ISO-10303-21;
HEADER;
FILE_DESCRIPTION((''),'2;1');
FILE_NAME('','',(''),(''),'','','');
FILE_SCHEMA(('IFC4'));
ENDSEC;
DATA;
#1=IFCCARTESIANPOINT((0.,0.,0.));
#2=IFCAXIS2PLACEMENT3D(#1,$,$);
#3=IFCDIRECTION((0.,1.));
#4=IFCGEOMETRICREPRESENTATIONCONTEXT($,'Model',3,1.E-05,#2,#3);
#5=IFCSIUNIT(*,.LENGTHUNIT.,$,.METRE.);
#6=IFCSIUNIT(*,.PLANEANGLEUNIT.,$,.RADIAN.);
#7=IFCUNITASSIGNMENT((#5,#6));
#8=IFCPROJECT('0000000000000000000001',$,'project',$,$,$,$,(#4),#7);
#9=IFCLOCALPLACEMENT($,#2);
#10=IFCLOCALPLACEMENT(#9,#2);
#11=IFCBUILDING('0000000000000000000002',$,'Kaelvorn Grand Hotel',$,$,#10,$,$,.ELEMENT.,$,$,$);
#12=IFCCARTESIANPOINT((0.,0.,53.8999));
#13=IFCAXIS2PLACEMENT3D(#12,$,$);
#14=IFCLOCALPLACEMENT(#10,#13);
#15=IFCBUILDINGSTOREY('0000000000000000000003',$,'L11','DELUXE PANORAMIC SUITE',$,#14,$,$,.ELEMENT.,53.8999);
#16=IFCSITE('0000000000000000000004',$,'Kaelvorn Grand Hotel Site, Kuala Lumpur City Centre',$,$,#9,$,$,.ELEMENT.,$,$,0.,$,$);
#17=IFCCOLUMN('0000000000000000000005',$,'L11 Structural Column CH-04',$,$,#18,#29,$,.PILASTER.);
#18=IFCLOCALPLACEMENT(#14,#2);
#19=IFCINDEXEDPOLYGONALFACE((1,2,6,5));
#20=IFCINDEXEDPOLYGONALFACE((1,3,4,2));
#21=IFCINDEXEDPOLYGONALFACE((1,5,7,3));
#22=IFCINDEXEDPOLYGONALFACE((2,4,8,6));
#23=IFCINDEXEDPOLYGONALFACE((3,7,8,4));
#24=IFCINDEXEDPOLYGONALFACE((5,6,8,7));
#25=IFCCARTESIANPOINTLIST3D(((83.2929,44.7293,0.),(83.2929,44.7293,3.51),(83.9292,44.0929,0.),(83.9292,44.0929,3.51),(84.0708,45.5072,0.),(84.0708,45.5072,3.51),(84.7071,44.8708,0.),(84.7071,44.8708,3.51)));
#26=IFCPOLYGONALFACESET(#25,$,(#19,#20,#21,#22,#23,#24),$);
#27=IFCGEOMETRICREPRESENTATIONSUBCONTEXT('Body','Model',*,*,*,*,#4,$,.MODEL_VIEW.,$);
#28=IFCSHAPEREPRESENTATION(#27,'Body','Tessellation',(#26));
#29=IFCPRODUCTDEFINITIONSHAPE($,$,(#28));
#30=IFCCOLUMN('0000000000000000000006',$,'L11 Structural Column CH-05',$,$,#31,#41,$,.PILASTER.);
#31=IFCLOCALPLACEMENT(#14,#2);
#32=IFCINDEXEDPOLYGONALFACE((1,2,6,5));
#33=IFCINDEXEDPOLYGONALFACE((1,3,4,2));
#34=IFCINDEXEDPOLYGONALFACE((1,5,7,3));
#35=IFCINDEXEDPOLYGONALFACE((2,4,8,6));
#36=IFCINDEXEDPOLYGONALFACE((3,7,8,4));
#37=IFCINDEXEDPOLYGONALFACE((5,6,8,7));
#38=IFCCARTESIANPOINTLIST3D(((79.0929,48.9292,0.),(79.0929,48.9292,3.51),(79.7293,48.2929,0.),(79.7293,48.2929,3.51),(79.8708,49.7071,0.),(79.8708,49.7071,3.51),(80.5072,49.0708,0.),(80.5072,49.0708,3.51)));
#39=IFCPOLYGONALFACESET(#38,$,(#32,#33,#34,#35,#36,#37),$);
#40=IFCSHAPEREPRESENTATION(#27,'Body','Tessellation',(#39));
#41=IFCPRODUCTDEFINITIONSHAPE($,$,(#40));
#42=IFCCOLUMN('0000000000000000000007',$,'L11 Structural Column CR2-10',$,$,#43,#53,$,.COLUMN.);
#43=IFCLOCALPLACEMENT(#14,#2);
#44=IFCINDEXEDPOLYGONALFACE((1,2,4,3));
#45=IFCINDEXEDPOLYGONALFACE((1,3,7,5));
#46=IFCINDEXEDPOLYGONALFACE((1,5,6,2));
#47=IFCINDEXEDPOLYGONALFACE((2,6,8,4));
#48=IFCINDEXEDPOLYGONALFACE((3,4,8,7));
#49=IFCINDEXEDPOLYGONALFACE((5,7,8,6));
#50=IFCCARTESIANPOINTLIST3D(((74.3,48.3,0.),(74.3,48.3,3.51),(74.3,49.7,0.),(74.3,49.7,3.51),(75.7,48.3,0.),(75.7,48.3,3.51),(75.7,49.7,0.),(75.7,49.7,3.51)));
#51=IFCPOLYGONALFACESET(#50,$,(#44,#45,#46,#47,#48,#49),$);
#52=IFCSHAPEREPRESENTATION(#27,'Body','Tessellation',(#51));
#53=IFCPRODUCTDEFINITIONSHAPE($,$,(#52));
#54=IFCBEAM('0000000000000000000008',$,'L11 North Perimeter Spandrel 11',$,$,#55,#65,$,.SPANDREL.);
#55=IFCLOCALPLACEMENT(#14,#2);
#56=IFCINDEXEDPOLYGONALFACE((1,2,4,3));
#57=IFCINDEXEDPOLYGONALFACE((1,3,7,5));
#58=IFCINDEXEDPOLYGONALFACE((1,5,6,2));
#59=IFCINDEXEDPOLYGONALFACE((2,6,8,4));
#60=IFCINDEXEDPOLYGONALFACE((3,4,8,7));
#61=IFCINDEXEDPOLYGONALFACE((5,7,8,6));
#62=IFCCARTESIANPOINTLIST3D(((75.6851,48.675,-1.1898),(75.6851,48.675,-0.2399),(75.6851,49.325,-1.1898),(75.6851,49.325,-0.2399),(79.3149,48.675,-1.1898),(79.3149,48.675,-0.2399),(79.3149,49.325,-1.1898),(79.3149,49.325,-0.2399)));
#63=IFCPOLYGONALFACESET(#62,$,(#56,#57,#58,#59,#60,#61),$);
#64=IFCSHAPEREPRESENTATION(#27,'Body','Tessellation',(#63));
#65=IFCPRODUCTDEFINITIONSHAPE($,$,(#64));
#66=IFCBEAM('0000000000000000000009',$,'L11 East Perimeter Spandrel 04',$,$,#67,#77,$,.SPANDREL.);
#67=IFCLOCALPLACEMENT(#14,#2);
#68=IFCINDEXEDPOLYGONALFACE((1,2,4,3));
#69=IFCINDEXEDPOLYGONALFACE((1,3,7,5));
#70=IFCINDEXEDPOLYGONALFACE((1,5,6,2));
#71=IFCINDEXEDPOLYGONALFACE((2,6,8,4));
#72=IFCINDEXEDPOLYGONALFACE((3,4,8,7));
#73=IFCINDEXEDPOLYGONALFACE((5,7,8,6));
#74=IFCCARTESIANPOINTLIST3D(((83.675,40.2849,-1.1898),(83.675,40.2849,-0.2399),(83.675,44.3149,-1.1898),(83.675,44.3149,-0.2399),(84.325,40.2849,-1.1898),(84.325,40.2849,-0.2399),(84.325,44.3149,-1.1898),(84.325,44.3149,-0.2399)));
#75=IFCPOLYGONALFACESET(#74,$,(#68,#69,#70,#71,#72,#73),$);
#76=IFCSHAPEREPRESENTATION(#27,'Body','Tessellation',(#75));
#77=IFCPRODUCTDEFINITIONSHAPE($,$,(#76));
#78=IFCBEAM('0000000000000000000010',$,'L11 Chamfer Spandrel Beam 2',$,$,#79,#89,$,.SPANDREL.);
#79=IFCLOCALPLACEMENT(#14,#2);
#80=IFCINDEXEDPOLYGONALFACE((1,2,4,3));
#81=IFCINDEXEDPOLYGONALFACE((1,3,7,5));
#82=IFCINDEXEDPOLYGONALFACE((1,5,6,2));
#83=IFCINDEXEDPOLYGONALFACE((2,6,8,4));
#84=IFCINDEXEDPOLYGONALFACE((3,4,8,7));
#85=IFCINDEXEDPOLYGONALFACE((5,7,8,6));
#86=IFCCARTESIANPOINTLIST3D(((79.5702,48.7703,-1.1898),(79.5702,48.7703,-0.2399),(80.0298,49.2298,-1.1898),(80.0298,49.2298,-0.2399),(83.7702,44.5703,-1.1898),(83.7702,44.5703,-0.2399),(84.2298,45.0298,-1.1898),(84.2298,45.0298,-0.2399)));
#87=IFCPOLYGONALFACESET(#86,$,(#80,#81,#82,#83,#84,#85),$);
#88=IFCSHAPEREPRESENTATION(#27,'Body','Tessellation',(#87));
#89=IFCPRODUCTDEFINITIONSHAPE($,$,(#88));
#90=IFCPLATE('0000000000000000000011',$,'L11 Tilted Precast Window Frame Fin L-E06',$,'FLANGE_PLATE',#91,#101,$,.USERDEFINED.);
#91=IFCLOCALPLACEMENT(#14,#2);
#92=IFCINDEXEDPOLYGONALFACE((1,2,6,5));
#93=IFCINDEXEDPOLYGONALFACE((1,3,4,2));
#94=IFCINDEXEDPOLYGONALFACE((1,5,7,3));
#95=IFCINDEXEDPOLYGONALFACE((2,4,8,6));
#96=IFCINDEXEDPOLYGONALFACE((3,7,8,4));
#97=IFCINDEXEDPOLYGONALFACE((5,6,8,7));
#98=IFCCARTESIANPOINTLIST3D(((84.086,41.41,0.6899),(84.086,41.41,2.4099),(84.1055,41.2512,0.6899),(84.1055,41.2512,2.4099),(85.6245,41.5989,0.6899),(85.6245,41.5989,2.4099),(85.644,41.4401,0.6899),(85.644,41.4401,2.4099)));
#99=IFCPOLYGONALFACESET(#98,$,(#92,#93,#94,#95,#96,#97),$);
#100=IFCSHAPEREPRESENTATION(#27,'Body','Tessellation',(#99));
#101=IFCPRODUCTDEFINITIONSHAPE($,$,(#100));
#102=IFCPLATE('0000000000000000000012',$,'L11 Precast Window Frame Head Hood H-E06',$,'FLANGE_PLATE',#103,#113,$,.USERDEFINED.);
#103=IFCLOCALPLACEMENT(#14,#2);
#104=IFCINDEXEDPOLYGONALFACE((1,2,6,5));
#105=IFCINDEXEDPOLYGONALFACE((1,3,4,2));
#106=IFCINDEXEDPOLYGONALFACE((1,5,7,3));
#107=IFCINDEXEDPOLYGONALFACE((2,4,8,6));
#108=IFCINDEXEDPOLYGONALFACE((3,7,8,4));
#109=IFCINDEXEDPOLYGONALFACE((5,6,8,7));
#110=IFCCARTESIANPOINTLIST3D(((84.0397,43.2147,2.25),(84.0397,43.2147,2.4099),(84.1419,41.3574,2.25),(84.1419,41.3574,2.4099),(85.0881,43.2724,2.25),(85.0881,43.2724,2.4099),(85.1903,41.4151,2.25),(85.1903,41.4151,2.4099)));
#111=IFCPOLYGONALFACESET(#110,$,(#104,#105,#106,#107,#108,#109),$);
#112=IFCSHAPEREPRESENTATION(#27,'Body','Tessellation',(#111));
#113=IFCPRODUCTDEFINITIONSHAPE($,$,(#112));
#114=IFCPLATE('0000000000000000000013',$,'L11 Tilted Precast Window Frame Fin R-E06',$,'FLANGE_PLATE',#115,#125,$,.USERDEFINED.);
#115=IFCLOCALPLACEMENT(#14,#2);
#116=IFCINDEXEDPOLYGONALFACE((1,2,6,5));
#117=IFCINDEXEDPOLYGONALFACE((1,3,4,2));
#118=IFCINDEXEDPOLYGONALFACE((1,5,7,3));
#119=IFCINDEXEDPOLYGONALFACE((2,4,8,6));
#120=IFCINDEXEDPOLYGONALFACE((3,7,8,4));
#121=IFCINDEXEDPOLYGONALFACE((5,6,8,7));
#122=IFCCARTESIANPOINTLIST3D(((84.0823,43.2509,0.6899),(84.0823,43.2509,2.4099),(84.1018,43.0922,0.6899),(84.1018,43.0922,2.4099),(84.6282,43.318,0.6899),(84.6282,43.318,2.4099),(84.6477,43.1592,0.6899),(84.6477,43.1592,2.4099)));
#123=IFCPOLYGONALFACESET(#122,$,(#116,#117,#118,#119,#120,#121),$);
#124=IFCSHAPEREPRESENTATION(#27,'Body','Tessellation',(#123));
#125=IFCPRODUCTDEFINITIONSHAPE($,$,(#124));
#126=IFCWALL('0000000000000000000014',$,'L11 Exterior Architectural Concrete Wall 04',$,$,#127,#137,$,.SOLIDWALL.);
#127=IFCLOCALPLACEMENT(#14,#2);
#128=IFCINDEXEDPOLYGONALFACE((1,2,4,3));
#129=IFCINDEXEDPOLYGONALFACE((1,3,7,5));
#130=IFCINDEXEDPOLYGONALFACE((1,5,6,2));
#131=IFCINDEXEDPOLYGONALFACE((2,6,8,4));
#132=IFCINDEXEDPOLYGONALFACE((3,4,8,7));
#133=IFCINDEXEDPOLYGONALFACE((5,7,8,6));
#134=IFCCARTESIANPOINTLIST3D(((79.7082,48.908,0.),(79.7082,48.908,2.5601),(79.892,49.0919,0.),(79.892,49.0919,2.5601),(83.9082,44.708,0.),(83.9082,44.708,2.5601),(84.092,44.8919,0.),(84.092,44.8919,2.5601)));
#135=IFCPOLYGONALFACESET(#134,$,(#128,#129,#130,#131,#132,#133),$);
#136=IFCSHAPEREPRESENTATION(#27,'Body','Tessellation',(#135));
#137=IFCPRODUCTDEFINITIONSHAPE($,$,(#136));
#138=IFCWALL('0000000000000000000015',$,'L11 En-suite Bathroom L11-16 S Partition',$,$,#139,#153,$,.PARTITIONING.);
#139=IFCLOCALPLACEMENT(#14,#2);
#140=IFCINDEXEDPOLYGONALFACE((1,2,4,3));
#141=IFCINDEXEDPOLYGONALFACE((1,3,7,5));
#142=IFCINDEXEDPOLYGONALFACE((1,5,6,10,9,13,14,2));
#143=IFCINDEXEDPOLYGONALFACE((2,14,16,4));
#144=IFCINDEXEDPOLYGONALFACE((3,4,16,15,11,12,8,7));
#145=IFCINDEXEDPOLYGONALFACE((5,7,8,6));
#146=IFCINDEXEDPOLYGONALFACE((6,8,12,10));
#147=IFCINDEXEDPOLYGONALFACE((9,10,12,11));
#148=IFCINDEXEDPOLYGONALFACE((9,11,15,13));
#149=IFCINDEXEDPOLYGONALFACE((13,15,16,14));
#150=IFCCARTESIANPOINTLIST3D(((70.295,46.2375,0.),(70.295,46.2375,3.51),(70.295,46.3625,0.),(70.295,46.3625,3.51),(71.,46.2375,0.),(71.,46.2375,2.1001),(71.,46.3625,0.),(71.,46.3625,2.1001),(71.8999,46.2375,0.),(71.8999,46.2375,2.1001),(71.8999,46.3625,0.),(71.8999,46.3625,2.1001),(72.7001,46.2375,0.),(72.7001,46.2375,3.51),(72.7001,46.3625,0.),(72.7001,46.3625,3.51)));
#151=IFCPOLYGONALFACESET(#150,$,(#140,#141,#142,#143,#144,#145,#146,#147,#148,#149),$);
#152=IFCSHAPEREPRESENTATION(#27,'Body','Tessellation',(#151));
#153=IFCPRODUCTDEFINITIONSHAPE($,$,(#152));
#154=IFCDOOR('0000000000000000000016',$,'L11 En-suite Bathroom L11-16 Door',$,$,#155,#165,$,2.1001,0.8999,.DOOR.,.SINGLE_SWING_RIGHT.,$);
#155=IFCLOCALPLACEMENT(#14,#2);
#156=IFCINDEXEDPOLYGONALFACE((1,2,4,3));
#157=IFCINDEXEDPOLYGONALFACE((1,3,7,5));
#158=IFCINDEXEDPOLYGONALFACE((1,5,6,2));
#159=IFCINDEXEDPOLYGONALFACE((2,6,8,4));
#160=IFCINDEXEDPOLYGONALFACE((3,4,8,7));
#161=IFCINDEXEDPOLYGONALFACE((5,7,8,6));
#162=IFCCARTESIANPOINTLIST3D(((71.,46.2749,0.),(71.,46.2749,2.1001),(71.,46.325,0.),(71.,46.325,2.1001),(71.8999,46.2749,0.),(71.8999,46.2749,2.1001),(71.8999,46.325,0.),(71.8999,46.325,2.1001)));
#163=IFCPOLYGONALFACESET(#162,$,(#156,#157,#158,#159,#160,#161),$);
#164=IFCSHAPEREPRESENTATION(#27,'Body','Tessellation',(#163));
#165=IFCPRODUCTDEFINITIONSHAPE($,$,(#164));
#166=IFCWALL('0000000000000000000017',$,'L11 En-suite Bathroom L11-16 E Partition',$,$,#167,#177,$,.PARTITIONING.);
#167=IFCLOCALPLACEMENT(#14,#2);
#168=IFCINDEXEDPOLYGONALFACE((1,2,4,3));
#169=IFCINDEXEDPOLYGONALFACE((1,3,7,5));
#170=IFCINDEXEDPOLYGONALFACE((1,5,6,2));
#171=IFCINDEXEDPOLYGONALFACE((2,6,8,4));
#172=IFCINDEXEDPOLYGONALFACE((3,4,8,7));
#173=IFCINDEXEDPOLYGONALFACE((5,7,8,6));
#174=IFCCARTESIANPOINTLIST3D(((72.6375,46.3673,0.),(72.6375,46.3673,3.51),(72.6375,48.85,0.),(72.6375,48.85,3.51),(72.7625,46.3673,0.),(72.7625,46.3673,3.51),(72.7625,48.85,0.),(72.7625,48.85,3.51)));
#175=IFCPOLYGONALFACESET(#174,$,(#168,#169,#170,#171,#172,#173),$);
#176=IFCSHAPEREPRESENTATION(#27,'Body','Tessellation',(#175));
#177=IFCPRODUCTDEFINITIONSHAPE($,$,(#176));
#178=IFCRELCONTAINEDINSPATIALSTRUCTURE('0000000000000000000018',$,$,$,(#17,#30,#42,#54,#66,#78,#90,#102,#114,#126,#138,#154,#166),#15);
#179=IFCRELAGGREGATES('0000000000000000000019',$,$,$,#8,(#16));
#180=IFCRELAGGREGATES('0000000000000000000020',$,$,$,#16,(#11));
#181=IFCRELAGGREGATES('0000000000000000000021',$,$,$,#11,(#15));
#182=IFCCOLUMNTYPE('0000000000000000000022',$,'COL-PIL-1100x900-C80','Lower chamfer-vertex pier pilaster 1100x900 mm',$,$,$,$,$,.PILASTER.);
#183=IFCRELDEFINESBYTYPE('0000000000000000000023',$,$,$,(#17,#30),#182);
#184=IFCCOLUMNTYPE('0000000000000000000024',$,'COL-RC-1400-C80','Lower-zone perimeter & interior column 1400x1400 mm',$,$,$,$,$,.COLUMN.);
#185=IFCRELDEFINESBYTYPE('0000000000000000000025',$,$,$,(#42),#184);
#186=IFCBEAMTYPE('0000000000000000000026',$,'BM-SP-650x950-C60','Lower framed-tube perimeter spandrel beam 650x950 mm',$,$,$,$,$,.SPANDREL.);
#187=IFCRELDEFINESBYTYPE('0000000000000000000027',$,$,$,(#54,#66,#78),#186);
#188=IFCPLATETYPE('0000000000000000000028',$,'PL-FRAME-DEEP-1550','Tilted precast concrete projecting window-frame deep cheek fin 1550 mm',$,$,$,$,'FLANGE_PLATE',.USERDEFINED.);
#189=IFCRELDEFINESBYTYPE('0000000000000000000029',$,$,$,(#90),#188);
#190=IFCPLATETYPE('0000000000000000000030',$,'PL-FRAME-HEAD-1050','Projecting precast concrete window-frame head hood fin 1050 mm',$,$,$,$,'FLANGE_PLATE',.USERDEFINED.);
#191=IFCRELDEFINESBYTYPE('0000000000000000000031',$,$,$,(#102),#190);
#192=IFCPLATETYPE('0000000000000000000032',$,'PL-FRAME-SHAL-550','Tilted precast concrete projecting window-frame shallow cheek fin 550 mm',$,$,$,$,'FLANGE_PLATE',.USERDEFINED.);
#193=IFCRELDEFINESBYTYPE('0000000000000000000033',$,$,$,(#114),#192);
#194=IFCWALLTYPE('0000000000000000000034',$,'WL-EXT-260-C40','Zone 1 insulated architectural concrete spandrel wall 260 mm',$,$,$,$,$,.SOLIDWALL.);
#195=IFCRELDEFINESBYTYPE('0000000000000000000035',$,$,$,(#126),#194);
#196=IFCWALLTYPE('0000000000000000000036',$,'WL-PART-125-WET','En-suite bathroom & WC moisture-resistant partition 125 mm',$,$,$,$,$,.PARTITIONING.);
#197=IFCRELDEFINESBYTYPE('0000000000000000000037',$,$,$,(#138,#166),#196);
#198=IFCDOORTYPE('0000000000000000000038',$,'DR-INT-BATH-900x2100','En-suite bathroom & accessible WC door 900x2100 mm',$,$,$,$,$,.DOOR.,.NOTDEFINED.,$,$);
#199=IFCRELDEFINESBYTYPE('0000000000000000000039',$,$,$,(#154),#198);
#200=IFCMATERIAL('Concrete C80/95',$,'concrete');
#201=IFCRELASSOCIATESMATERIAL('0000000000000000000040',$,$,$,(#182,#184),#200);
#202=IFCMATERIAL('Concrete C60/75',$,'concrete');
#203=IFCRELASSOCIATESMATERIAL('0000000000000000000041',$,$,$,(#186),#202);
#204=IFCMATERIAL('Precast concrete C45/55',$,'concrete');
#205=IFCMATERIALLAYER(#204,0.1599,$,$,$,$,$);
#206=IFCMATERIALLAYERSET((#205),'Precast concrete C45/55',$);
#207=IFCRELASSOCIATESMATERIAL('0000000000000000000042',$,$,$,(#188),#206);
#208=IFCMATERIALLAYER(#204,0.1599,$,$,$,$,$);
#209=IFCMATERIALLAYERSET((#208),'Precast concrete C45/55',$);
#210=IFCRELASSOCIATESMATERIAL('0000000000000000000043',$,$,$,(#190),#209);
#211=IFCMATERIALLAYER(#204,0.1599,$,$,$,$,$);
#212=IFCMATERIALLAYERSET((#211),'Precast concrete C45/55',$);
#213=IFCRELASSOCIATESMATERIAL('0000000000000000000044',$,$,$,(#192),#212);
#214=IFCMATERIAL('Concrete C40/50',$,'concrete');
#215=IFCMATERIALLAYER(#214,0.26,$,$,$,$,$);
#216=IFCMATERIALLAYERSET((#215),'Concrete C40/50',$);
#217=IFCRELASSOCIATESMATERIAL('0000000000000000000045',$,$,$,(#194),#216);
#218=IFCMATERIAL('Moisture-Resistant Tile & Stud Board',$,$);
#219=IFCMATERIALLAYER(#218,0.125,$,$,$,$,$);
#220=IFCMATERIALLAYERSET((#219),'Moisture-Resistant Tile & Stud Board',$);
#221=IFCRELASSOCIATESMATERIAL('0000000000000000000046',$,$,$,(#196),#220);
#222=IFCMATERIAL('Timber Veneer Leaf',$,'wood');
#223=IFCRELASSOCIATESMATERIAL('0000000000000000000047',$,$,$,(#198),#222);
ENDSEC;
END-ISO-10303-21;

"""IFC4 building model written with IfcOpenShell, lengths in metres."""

from ifc_helpers import new_model, si_unit, direction, frame, frame_2d, origin, origin_2d, place, context, subcontext, project, spatial, rectangle, extrude, material, layer, layer_set, material_profile, profile_set, type_object, element, fill, save


model = new_model("IFC4")

# Units and contexts
model_context = context("Model", 3, precision=1e-05, world=origin(), true_north=direction((0.0, 1.0)))
body_context = subcontext(model_context, "Body", "Model", "MODEL_VIEW")
ifc_project = project(units=[si_unit("LENGTHUNIT", "METRE"), si_unit("PLANEANGLEUNIT", "RADIAN")], contexts=[model_context])

# Site, building, storey
site_placement = place(None, origin())
site = spatial("IfcSite", under=ifc_project, at=site_placement, Name="Kaelvorn Grand Hotel Site, Kuala Lumpur City Centre", CompositionType="ELEMENT", RefElevation=0.0)
building_placement = place(site_placement, origin())
building = spatial("IfcBuilding", under=site, at=building_placement, Name="Kaelvorn Grand Hotel", CompositionType="ELEMENT")
storey_placement = place(building_placement, frame((0.0, 0.0, 53.8999)))
storey = spatial("IfcBuildingStorey", under=building, at=storey_placement, Name="L11", Description="DELUXE PANORAMIC SUITE", CompositionType="ELEMENT", Elevation=53.8999)

# Columns
ifc_material_1 = material(Name="Concrete C80/95", Category="concrete")
ifc_material_profile_1 = material_profile(ifc_material_1, rectangle(XDim=1.1001, YDim=0.8999, at=origin_2d()), Name="RC PILASTER 1100x900")
ifc_profile_set_1 = profile_set([ifc_material_profile_1], Name="Concrete C80/95")
column_type_1 = type_object("IfcColumnType", Name="COL-PIL-1100x900-C80", Description="Lower chamfer-vertex pier pilaster 1100x900 mm", PredefinedType="PILASTER", material=ifc_profile_set_1)
for number, where, z_axis, x_axis, name in (
    (1, (84.0, 44.8, 0.0), (0.0, 0.0, 1.0), (0.707107, 0.707107, 0.0), "L11 Structural Column CH-04"),
    (2, (79.8, 49.0, 0.0), (0.0, 0.0, 1.0), (0.707107, 0.707107, 0.0), "L11 Structural Column CH-05"),
):
    element("IfcColumn", number, at=place(storey_placement, frame(where, z_axis=z_axis, x_axis=x_axis)), inside=storey, type_object=column_type_1, Name=name, PredefinedType="PILASTER", context=body_context, shape_type="SweptSolid", body=[
        extrude(rectangle(XDim=1.1001, YDim=0.8999, at=origin_2d()), origin(), (0.0, 0.0, 1.0), 3.51),
    ])
ifc_material_profile_2 = material_profile(ifc_material_1, rectangle(XDim=1.3999, YDim=1.3999, at=origin_2d()), Name="RC COL 1400x1400")
ifc_profile_set_2 = profile_set([ifc_material_profile_2], Name="Concrete C80/95")
column_type_2 = type_object("IfcColumnType", Name="COL-RC-1400-C80", Description="Lower-zone perimeter & interior column 1400x1400 mm", PredefinedType="COLUMN", material=ifc_profile_set_2)
column_placement = place(storey_placement, frame((75.0, 49.0, 0.0), z_axis=(0.0, 0.0, 1.0), x_axis=(1.0, 0.0, 0.0)))
element("IfcColumn", 3, at=column_placement, inside=storey, type_object=column_type_2, Name="L11 Structural Column CR2-10", PredefinedType="COLUMN", context=body_context, shape_type="SweptSolid", body=[
    extrude(rectangle(XDim=1.3999, YDim=1.3999, at=origin_2d()), origin(), (0.0, 0.0, 1.0), 3.51),
])

# Beams
ifc_material_2 = material(Name="Concrete C60/75", Category="concrete")
ifc_material_profile_3 = material_profile(ifc_material_2, rectangle(XDim=0.6499, YDim=0.95, at=origin_2d()), Name="RC SPANDREL 650x950")
ifc_profile_set_3 = profile_set([ifc_material_profile_3], Name="Concrete C60/75")
beam_type = type_object("IfcBeamType", Name="BM-SP-650x950-C60", Description="Lower framed-tube perimeter spandrel beam 650x950 mm", PredefinedType="SPANDREL", material=ifc_profile_set_3)
beam_1_placement = place(storey_placement, frame((75.6851, 49.0, -0.7148), z_axis=(1.0, 0.0, 0.0), x_axis=(0.0, 1.0, 0.0)))
element("IfcBeam", 4, at=beam_1_placement, inside=storey, type_object=beam_type, Name="L11 North Perimeter Spandrel 11", PredefinedType="SPANDREL", context=body_context, shape_type="SweptSolid", body=[
    extrude(rectangle(XDim=0.6499, YDim=0.95, at=origin_2d()), origin(), (0.0, 0.0, 1.0), 3.6299),
])
beam_2_placement = place(storey_placement, frame((84.0, 40.2849, -0.7148), z_axis=(0.0, 1.0, 0.0), x_axis=(-1.0, 0.0, 0.0)))
element("IfcBeam", 5, at=beam_2_placement, inside=storey, type_object=beam_type, Name="L11 East Perimeter Spandrel 04", PredefinedType="SPANDREL", context=body_context, shape_type="SweptSolid", body=[
    extrude(rectangle(XDim=0.6499, YDim=0.95, at=origin_2d()), origin(), (0.0, 0.0, 1.0), 4.03),
])
beam_3_placement = place(storey_placement, frame((84.0, 44.8, -0.7148), z_axis=(-0.707107, 0.707107, 0.0), x_axis=(-0.707107, -0.707107, 0.0)))
element("IfcBeam", 6, at=beam_3_placement, inside=storey, type_object=beam_type, Name="L11 Chamfer Spandrel Beam 2", PredefinedType="SPANDREL", context=body_context, shape_type="SweptSolid", body=[
    extrude(rectangle(XDim=0.6499, YDim=0.95, at=origin_2d()), origin(), (0.0, 0.0, 1.0), 5.9397),
])

# Plates
ifc_material_3 = material(Name="Precast concrete C45/55", Category="concrete")
ifc_layer_1 = layer(ifc_material_3, 0.1599)
ifc_layer_set_1 = layer_set([ifc_layer_1], Name="Precast concrete C45/55")
plate_type_1 = type_object("IfcPlateType", Name="PL-FRAME-DEEP-1550", Description="Tilted precast concrete projecting window-frame deep cheek fin 1550 mm", ElementType="FLANGE_PLATE", PredefinedType="USERDEFINED", material=ifc_layer_set_1)
plate_1_placement = place(storey_placement, frame((84.865, 41.425, 0.6899), z_axis=(0.0, 0.0, 1.0), x_axis=(-0.121869, 0.992546, 0.0)))
element("IfcPlate", 7, at=plate_1_placement, inside=storey, type_object=plate_type_1, Name="L11 Tilted Precast Window Frame Fin L-E06", ObjectType="FLANGE_PLATE", PredefinedType="USERDEFINED", context=body_context, shape_type="SweptSolid", body=[
    extrude(rectangle(XDim=0.1599, YDim=1.55, at=origin_2d()), origin(), (0.0, 0.0, 1.0), 1.72),
])
ifc_layer_2 = layer(ifc_material_3, 0.1599)
ifc_layer_set_2 = layer_set([ifc_layer_2], Name="Precast concrete C45/55")
plate_type_2 = type_object("IfcPlateType", Name="PL-FRAME-HEAD-1050", Description="Projecting precast concrete window-frame head hood fin 1050 mm", ElementType="FLANGE_PLATE", PredefinedType="USERDEFINED", material=ifc_layer_set_2)
plate_2_placement = place(storey_placement, frame((84.615, 42.3149, 2.25), z_axis=(0.0, 0.0, 1.0), x_axis=(-0.05495, 0.998489, 0.0)))
element("IfcPlate", 8, at=plate_2_placement, inside=storey, type_object=plate_type_2, Name="L11 Precast Window Frame Head Hood H-E06", ObjectType="FLANGE_PLATE", PredefinedType="USERDEFINED", context=body_context, shape_type="SweptSolid", body=[
    extrude(rectangle(XDim=1.8601, YDim=1.05, at=origin_2d()), origin(), (0.0, 0.0, 1.0), 0.1599),
])
ifc_layer_3 = layer(ifc_material_3, 0.1599)
ifc_layer_set_3 = layer_set([ifc_layer_3], Name="Precast concrete C45/55")
plate_type_3 = type_object("IfcPlateType", Name="PL-FRAME-SHAL-550", Description="Tilted precast concrete projecting window-frame shallow cheek fin 550 mm", ElementType="FLANGE_PLATE", PredefinedType="USERDEFINED", material=ifc_layer_set_3)
plate_3_placement = place(storey_placement, frame((84.365, 43.2051, 0.6899), z_axis=(0.0, 0.0, 1.0), x_axis=(-0.121869, 0.992546, 0.0)))
element("IfcPlate", 9, at=plate_3_placement, inside=storey, type_object=plate_type_3, Name="L11 Tilted Precast Window Frame Fin R-E06", ObjectType="FLANGE_PLATE", PredefinedType="USERDEFINED", context=body_context, shape_type="SweptSolid", body=[
    extrude(rectangle(XDim=0.1599, YDim=0.55, at=origin_2d()), origin(), (0.0, 0.0, 1.0), 1.72),
])

# Wall
ifc_material_4 = material(Name="Concrete C40/50", Category="concrete")
ifc_layer_4 = layer(ifc_material_4, 0.26)
ifc_layer_set_4 = layer_set([ifc_layer_4], Name="Concrete C40/50")
wall_type_1 = type_object("IfcWallType", Name="WL-EXT-260-C40", Description="Zone 1 insulated architectural concrete spandrel wall 260 mm", PredefinedType="SOLIDWALL", material=ifc_layer_set_4)
wall_1_placement = place(storey_placement, frame((84.0, 44.8, 0.0), z_axis=(0.0, 0.0, 1.0), x_axis=(-0.707107, 0.707107, 0.0)))
element("IfcWall", 10, at=wall_1_placement, inside=storey, type_object=wall_type_1, Name="L11 Exterior Architectural Concrete Wall 04", PredefinedType="SOLIDWALL", context=body_context, shape_type="SweptSolid", body=[
    extrude(rectangle(XDim=5.9397, YDim=0.26, at=frame_2d((2.9697, 0.0))), origin(), (0.0, 0.0, 1.0), 2.5601),
])

# Wall, opening, door
ifc_material_5 = material(Name="Moisture-Resistant Tile & Stud Board")
ifc_layer_5 = layer(ifc_material_5, 0.125)
ifc_layer_set_5 = layer_set([ifc_layer_5], Name="Moisture-Resistant Tile & Stud Board")
wall_type_2 = type_object("IfcWallType", Name="WL-PART-125-WET", Description="En-suite bathroom & WC moisture-resistant partition 125 mm", PredefinedType="PARTITIONING", material=ifc_layer_set_5)
wall_2_placement = place(storey_placement, frame((70.2949, 46.3, 0.0), z_axis=(0.0, 0.0, 1.0), x_axis=(1.0, 0.0, 0.0)))
wall_2 = element("IfcWall", 11, at=wall_2_placement, inside=storey, type_object=wall_type_2, Name="L11 En-suite Bathroom L11-16 S Partition", PredefinedType="PARTITIONING", context=body_context, shape_type="SweptSolid", body=[
    extrude(rectangle(XDim=2.405, YDim=0.125, at=frame_2d((1.2026, 0.0))), origin(), (0.0, 0.0, 1.0), 3.51),
])
opening_1_placement = place(wall_2_placement, frame((0.7051, 0.0, 0.0)))
opening_1 = element("IfcOpeningElement", 12, at=opening_1_placement, cuts=wall_2, PredefinedType="OPENING", context=body_context, shape_type="SweptSolid", body=[
    extrude(rectangle(XDim=0.8999, YDim=2.1001, at=frame_2d((0.45, 1.05))), frame((0.0, 0.0725, 0.0), z_axis=(0.0, -1.0, 0.0), x_axis=(1.0, 0.0, 0.0)), (0.0, 0.0, 1.0), 0.145),
])
ifc_material_6 = material(Name="Timber Veneer Leaf", Category="wood")
door_type = type_object("IfcDoorType", Name="DR-INT-BATH-900x2100", Description="En-suite bathroom & accessible WC door 900x2100 mm", OperationType="NOTDEFINED", PredefinedType="DOOR", material=ifc_material_6)
door_placement = place(opening_1_placement, origin())
door = element("IfcDoor", 13, at=door_placement, inside=storey, type_object=door_type, Name="L11 En-suite Bathroom L11-16 Door", OperationType="SINGLE_SWING_RIGHT", OverallHeight=2.1001, OverallWidth=0.8999, PredefinedType="DOOR", context=body_context, shape_type="SweptSolid", body=[
    extrude(rectangle(XDim=0.8999, YDim=2.1001, at=frame_2d((0.45, 1.05))), frame((0.0, 0.0249, 0.0), z_axis=(0.0, -1.0, 0.0), x_axis=(1.0, 0.0, 0.0)), (0.0, 0.0, 1.0), 0.05),
])
fill(opening_1, door)

# Wall
wall_3_placement = place(storey_placement, frame((72.7, 46.3674, 0.0), z_axis=(0.0, 0.0, 1.0), x_axis=(0.0, 1.0, 0.0)))
element("IfcWall", 14, at=wall_3_placement, inside=storey, type_object=wall_type_2, Name="L11 En-suite Bathroom L11-16 E Partition", PredefinedType="PARTITIONING", context=body_context, shape_type="SweptSolid", body=[
    extrude(rectangle(XDim=2.4827, YDim=0.125, at=frame_2d((1.2412, 0.0))), origin(), (0.0, 0.0, 1.0), 3.51),
])

save(model, "model.ifc")
